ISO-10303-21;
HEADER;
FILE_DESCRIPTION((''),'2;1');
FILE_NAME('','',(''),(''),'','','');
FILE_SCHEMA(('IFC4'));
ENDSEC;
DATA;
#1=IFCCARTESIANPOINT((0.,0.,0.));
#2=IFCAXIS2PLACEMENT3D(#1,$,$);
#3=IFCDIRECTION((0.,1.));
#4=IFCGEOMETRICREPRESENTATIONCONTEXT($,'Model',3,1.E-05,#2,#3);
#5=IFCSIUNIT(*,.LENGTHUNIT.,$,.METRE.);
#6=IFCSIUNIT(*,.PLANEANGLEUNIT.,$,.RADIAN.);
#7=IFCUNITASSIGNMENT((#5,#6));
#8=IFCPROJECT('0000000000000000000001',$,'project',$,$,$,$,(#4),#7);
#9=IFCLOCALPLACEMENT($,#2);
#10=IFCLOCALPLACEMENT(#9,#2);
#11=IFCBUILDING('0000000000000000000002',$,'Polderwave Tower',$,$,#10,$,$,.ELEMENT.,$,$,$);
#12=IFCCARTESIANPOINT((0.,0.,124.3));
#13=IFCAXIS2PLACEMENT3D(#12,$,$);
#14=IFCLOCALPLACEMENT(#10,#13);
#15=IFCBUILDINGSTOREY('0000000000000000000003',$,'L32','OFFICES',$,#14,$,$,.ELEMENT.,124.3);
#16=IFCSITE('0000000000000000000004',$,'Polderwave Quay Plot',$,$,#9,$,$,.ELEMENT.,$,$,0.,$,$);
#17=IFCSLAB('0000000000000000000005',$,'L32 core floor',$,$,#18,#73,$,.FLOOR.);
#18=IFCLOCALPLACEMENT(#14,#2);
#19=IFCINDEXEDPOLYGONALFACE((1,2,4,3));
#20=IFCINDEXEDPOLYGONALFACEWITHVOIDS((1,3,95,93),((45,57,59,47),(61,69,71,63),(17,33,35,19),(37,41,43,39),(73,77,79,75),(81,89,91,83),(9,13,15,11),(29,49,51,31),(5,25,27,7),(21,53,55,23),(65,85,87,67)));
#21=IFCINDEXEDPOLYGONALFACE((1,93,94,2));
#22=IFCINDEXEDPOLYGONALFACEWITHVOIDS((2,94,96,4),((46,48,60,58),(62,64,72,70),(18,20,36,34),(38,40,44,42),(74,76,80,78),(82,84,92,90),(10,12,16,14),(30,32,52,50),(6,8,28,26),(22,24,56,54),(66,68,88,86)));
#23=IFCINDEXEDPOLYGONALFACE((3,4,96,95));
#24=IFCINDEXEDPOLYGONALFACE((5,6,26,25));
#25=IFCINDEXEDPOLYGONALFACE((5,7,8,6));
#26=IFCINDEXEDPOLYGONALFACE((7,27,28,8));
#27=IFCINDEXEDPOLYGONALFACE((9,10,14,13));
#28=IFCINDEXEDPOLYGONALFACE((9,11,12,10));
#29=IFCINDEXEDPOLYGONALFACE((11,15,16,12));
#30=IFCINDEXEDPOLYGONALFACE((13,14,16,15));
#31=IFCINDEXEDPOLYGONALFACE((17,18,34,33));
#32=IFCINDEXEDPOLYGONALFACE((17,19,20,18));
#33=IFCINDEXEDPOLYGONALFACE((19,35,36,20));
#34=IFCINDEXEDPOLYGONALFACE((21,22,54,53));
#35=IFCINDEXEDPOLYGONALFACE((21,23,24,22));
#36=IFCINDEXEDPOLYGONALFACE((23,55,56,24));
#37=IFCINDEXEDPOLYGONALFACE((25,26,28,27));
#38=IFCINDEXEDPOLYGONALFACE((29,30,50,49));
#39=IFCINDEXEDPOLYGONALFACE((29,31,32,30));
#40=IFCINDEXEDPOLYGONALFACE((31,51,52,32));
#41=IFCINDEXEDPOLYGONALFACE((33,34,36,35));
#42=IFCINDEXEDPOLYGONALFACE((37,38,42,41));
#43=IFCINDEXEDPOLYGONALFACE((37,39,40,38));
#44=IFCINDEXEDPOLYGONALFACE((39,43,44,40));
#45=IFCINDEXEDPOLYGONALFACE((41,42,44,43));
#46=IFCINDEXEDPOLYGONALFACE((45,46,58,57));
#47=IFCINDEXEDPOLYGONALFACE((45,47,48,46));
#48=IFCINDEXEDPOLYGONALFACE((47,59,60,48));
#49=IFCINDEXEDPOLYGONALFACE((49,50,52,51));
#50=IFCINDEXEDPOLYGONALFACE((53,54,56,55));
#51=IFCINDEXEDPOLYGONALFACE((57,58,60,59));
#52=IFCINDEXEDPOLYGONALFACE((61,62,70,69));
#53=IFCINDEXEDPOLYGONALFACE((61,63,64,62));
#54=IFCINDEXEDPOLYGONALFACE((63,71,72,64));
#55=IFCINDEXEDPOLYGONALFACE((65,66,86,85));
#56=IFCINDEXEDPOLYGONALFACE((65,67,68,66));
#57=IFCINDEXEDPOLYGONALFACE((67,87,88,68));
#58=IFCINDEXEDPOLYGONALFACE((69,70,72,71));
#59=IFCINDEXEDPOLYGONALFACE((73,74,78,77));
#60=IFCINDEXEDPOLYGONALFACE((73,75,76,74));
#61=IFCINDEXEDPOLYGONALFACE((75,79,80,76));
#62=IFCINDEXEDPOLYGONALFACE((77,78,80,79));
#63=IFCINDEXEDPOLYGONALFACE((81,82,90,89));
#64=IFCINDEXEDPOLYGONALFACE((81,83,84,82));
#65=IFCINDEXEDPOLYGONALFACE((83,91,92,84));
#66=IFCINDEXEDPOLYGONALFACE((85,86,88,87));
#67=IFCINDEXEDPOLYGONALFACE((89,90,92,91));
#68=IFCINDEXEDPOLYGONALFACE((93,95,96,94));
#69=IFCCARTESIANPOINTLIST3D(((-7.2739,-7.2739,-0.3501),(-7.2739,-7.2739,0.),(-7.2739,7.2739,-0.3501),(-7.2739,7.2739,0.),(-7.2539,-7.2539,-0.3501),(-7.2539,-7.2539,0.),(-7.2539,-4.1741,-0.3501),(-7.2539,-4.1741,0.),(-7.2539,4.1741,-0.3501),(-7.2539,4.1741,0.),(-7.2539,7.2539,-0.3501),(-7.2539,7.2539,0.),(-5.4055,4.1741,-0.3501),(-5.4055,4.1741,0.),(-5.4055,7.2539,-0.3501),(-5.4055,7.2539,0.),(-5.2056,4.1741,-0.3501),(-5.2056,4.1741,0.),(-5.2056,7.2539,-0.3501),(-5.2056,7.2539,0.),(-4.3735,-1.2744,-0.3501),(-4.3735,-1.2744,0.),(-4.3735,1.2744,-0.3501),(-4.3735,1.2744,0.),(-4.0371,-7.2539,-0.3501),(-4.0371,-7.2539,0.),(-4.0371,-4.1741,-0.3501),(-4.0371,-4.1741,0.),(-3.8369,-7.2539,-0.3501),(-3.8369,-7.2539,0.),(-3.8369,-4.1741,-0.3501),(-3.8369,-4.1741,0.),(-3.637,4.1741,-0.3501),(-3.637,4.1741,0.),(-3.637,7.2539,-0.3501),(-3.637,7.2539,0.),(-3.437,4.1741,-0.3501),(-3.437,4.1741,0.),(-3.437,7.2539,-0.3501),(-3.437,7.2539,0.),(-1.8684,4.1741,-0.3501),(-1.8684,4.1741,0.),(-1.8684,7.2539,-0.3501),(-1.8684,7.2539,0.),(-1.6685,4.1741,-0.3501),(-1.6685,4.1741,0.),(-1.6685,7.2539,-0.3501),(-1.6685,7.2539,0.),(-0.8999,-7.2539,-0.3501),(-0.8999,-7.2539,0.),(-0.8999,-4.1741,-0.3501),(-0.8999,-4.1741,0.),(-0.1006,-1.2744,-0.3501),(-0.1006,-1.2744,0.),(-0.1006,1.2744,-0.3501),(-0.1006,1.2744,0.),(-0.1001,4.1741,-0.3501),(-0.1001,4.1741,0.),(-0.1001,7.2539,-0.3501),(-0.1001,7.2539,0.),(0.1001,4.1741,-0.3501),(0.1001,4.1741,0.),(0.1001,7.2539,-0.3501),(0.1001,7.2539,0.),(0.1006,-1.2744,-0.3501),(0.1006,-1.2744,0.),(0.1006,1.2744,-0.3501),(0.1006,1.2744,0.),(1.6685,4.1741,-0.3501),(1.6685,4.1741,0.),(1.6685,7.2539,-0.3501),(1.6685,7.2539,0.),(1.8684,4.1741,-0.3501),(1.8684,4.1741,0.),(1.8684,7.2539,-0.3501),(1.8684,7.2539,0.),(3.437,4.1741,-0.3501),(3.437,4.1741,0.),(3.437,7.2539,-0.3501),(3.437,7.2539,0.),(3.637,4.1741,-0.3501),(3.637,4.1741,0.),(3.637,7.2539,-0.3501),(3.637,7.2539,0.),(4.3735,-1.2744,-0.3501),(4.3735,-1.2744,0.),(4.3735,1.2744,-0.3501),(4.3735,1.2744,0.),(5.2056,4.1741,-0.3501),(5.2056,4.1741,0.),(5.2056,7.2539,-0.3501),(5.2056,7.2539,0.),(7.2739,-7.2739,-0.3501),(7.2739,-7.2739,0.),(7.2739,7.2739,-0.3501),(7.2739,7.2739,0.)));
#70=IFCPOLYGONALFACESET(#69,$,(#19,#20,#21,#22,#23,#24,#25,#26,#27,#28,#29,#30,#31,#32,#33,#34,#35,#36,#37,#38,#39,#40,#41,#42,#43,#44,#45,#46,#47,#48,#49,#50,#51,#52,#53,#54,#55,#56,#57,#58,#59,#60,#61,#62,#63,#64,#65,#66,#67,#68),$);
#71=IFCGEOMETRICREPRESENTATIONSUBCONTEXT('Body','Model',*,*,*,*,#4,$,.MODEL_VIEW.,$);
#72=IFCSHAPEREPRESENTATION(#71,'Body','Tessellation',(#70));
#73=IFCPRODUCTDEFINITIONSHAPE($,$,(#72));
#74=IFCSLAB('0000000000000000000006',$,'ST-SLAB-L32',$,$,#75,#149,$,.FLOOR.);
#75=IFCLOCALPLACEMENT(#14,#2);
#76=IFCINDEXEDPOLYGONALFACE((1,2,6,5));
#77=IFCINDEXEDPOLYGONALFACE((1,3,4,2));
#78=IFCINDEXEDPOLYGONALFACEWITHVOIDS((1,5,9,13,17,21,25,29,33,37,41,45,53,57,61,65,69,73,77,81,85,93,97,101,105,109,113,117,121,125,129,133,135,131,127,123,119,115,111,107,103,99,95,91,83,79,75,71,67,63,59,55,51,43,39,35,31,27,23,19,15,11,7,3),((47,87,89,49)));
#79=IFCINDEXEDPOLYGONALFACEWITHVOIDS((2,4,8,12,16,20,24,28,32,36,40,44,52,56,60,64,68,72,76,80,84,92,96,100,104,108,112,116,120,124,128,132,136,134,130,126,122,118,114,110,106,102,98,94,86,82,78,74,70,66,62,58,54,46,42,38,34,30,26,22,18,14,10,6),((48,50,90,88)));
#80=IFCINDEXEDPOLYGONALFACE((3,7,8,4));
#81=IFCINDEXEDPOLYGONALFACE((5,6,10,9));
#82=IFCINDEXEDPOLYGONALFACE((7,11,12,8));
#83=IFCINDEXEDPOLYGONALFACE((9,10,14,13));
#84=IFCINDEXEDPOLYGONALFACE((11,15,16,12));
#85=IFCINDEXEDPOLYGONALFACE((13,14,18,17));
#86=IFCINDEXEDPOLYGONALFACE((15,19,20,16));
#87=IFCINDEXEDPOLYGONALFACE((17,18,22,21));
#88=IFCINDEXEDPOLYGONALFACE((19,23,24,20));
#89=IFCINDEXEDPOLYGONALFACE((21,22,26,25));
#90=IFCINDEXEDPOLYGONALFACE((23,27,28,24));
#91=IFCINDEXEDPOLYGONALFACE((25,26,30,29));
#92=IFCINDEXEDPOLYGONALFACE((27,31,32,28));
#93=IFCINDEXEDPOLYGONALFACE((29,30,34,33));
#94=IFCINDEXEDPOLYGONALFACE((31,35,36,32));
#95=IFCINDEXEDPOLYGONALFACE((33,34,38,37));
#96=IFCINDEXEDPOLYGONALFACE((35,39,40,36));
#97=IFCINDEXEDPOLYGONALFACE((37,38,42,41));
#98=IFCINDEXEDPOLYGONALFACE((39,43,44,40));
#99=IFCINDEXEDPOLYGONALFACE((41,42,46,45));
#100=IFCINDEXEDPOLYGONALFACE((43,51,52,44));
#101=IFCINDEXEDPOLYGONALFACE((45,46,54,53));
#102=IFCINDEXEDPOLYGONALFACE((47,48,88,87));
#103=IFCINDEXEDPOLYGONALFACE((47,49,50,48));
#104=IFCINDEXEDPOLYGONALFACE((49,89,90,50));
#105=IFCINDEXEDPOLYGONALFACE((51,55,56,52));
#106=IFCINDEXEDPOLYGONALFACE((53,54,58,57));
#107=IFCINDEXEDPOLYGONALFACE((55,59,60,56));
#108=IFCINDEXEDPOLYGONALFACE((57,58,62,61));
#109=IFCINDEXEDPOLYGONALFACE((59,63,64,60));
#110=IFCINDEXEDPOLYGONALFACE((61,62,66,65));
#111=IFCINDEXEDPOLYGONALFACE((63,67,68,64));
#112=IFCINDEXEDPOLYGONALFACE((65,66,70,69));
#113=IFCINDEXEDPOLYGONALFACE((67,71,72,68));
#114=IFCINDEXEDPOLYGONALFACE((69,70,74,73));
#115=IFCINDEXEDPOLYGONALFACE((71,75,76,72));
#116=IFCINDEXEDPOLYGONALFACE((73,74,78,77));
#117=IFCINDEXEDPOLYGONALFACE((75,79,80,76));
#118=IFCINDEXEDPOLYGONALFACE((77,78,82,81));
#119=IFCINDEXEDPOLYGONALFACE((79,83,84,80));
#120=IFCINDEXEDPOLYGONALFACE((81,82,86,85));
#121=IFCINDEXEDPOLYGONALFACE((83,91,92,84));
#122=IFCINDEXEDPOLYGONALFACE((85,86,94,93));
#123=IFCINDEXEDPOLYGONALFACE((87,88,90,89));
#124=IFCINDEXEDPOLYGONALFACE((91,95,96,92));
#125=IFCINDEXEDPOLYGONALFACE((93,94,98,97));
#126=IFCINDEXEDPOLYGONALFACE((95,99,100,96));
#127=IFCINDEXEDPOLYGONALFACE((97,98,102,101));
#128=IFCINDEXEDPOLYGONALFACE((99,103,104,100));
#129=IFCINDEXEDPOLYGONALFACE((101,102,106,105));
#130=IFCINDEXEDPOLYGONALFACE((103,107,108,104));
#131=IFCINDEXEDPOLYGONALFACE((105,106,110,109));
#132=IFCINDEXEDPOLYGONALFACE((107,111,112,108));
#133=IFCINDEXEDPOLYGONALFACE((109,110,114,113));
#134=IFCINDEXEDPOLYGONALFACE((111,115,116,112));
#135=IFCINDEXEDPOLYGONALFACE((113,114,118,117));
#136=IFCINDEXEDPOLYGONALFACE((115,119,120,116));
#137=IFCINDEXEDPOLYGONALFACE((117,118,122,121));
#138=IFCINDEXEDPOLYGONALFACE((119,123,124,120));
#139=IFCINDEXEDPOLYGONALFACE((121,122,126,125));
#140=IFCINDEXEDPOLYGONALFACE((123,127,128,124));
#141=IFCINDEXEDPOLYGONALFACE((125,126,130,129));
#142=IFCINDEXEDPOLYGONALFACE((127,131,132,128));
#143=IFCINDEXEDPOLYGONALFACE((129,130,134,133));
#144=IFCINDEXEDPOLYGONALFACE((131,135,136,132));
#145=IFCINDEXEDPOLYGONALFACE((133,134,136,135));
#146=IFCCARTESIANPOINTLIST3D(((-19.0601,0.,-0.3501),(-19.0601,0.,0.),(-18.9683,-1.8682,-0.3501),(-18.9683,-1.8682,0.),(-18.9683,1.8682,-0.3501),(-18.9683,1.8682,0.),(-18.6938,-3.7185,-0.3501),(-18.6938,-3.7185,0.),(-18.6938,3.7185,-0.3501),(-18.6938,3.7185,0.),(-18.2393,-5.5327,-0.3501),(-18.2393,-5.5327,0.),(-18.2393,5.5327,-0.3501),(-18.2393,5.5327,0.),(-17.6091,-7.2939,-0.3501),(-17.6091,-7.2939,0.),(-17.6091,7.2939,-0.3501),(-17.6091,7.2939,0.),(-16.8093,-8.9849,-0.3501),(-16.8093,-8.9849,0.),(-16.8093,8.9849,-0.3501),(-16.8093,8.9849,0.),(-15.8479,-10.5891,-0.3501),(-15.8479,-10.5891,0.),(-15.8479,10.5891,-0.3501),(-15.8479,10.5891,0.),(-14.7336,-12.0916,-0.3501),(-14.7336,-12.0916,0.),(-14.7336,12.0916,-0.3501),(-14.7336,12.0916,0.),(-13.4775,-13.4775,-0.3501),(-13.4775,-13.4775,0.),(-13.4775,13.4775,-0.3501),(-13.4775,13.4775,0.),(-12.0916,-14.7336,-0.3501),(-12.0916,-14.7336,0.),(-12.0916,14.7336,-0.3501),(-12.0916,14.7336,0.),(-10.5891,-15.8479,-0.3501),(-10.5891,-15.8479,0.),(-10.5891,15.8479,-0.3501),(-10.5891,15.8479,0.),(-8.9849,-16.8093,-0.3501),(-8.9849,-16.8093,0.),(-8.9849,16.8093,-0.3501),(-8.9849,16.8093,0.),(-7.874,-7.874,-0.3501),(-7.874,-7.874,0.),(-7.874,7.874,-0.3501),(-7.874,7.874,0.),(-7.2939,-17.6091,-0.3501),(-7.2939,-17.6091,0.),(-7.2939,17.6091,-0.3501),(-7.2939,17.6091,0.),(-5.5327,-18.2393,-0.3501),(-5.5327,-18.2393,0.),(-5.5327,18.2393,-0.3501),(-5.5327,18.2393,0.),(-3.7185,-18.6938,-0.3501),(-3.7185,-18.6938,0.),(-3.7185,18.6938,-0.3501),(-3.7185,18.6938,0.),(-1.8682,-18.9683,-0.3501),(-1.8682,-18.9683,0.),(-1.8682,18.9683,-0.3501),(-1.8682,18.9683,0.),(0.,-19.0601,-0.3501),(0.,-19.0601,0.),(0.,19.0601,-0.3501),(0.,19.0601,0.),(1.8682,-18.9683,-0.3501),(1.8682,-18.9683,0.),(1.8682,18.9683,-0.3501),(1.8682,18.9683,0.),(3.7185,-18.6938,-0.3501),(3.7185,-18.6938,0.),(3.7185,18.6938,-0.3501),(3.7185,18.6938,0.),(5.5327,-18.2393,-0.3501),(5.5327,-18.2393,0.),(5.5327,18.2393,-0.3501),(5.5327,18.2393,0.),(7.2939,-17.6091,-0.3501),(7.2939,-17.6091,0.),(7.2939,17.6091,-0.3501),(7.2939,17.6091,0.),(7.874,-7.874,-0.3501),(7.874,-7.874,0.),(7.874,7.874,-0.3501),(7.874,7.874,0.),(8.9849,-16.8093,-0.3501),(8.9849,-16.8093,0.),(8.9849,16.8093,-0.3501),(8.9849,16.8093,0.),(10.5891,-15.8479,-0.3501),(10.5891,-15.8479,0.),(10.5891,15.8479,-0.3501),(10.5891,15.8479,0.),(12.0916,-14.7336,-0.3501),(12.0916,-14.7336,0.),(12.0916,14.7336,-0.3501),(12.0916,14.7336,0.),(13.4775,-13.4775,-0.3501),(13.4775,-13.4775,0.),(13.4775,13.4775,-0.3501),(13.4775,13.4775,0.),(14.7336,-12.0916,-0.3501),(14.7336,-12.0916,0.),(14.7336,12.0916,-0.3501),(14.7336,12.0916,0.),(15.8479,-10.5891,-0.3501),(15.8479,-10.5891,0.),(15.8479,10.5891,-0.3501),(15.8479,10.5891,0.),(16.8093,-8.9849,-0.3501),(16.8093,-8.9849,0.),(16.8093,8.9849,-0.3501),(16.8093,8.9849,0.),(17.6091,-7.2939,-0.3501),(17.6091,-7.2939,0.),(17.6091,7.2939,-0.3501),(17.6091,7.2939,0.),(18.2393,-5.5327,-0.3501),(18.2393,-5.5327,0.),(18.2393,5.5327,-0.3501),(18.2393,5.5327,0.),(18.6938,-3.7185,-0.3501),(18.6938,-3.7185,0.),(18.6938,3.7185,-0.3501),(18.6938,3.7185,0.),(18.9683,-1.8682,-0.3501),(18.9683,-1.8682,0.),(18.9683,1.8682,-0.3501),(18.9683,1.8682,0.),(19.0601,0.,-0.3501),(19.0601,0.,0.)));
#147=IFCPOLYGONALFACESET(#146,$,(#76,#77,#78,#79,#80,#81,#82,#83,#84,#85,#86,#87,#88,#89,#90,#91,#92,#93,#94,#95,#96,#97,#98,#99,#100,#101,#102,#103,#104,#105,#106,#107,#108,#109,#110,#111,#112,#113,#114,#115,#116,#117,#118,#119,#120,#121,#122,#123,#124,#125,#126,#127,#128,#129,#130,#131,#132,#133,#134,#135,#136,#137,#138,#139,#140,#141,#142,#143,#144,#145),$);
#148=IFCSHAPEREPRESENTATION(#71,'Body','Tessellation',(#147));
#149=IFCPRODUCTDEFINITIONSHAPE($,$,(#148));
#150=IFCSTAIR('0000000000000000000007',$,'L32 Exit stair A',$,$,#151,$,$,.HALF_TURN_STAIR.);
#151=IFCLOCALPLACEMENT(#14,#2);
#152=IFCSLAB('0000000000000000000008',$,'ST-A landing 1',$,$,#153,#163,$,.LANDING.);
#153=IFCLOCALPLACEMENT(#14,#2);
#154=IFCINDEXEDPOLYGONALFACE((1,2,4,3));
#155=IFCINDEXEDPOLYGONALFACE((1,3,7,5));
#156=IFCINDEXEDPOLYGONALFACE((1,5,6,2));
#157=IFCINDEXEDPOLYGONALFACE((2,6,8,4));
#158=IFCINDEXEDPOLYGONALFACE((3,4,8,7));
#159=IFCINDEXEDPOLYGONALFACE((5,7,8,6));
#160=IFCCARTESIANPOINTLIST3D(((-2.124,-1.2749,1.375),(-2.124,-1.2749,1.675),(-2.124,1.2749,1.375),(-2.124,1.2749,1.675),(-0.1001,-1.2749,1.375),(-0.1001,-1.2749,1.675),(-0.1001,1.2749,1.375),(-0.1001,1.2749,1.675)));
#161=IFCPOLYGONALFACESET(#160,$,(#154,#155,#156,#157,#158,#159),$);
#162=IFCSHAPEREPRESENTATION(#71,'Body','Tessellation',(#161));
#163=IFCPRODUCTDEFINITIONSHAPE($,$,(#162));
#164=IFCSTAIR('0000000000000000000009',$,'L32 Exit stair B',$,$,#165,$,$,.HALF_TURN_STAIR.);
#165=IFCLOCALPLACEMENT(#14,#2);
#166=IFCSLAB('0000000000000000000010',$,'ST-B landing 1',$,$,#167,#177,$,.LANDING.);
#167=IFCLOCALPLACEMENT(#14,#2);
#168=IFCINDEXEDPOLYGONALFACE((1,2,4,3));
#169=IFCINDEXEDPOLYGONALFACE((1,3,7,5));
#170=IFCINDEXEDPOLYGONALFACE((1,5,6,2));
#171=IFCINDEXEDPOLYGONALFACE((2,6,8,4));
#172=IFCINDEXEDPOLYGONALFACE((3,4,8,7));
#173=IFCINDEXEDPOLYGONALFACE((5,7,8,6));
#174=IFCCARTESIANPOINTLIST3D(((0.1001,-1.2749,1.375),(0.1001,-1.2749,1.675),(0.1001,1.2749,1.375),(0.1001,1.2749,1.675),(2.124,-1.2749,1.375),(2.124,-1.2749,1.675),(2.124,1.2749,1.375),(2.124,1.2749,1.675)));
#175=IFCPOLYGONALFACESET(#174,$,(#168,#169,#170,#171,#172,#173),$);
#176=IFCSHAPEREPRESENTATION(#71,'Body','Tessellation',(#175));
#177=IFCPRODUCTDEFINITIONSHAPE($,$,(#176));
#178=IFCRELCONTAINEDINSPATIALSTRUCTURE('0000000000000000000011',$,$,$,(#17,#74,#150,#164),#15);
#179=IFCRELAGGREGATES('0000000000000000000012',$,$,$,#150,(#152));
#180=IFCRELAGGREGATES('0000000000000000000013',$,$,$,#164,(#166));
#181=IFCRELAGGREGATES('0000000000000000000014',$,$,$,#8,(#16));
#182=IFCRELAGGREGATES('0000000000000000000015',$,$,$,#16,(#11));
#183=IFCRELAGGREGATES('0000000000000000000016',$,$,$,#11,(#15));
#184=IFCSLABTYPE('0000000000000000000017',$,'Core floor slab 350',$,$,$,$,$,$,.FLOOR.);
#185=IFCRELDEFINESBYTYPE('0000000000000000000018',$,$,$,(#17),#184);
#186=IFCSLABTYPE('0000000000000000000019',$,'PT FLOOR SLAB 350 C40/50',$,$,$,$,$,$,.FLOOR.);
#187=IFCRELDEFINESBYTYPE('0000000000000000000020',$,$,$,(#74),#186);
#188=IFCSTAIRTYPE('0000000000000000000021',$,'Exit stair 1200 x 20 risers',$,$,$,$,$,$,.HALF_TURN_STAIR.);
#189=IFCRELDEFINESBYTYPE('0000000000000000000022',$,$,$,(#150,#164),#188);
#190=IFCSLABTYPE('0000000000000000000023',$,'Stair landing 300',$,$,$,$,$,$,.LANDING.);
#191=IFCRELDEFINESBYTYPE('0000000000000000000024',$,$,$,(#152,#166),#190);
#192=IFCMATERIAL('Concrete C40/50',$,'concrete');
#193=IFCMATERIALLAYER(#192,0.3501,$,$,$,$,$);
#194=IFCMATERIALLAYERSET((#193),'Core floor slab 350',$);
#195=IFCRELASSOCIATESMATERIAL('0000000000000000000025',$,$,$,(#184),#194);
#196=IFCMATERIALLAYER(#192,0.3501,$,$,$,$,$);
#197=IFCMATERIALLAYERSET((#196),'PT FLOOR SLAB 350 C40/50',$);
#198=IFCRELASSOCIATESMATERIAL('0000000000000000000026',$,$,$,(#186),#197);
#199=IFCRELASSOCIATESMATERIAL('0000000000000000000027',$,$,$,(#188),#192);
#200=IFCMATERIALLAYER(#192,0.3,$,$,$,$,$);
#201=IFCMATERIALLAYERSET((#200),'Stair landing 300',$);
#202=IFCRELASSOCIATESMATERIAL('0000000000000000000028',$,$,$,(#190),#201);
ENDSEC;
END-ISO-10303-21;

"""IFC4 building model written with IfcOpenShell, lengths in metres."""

from ifc_helpers import new_model, si_unit, direction, frame, origin, place, context, subcontext, project, spatial, polyline, outline, extrude, material, layer, layer_set, type_object, element, aggregate, save


model = new_model("IFC4")

# Units and contexts
model_context = context("Model", 3, precision=1e-05, world=origin(), true_north=direction((0.0, 1.0)))
body_context = subcontext(model_context, "Body", "Model", "MODEL_VIEW")
ifc_project = project(units=[si_unit("LENGTHUNIT", "METRE"), si_unit("PLANEANGLEUNIT", "RADIAN")], contexts=[model_context])

# Site, building, storey
site_placement = place(None, origin())
site = spatial("IfcSite", under=ifc_project, at=site_placement, Name="Polderwave Quay Plot", CompositionType="ELEMENT", RefElevation=0.0)
building_placement = place(site_placement, origin())
building = spatial("IfcBuilding", under=site, at=building_placement, Name="Polderwave Tower", CompositionType="ELEMENT")
storey_placement = place(building_placement, frame((0.0, 0.0, 124.3)))
storey = spatial("IfcBuildingStorey", under=building, at=storey_placement, Name="L32", Description="OFFICES", CompositionType="ELEMENT", Elevation=124.3)

# Slabs
ifc_material_1 = material(Name="Concrete C40/50", Category="concrete")
ifc_layer_1 = layer(ifc_material_1, 0.3501)
ifc_layer_set_1 = layer_set([ifc_layer_1], Name="Core floor slab 350")
slab_type_1 = type_object("IfcSlabType", Name="Core floor slab 350", PredefinedType="FLOOR", material=ifc_layer_set_1)
slab_1_placement = place(storey_placement, frame((0.0, 0.0, -0.3501)))
element("IfcSlab", 1, at=slab_1_placement, inside=storey, type_object=slab_type_1, Name="L32 core floor", PredefinedType="FLOOR", context=body_context, shape_type="SweptSolid", body=[
    extrude(outline(polyline([(-7.2739, -7.2739), (7.2739, -7.2739), (7.2739, 7.2739), (-7.2739, 7.2739), (-7.2739, -7.2739)]), holes=[polyline([(-7.2539, -7.2539), (-4.0371, -7.2539), (-4.0371, -4.1741), (-7.2539, -4.1741), (-7.2539, -7.2539)]), polyline([(-3.8369, -7.2539), (-0.8999, -7.2539), (-0.8999, -4.1741), (-3.8369, -4.1741), (-3.8369, -7.2539)]), polyline([(-7.2539, 4.1741), (-5.4055, 4.1741), (-5.4055, 7.2539), (-7.2539, 7.2539), (-7.2539, 4.1741)]), polyline([(-5.2056, 4.1741), (-3.637, 4.1741), (-3.637, 7.2539), (-5.2056, 7.2539), (-5.2056, 4.1741)]), polyline([(-3.437, 4.1741), (-1.8684, 4.1741), (-1.8684, 7.2539), (-3.437, 7.2539), (-3.437, 4.1741)]), polyline([(-1.6685, 4.1741), (-0.1001, 4.1741), (-0.1001, 7.2539), (-1.6685, 7.2539), (-1.6685, 4.1741)]), polyline([(0.1001, 4.1741), (1.6685, 4.1741), (1.6685, 7.2539), (0.1001, 7.2539), (0.1001, 4.1741)]), polyline([(1.8684, 4.1741), (3.437, 4.1741), (3.437, 7.2539), (1.8684, 7.2539), (1.8684, 4.1741)]), polyline([(3.637, 4.1741), (5.2056, 4.1741), (5.2056, 7.2539), (3.637, 7.2539), (3.637, 4.1741)]), polyline([(-4.3735, -1.2744), (-0.1006, -1.2744), (-0.1006, 1.2744), (-4.3735, 1.2744), (-4.3735, -1.2744)]), polyline([(0.1006, -1.2744), (4.3735, -1.2744), (4.3735, 1.2744), (0.1006, 1.2744), (0.1006, -1.2744)])]), origin(), (0.0, 0.0, 1.0), 0.3501),
])
ifc_layer_2 = layer(ifc_material_1, 0.3501)
ifc_layer_set_2 = layer_set([ifc_layer_2], Name="PT FLOOR SLAB 350 C40/50")
slab_type_2 = type_object("IfcSlabType", Name="PT FLOOR SLAB 350 C40/50", PredefinedType="FLOOR", material=ifc_layer_set_2)
slab_2_placement = place(storey_placement, frame((0.0, 0.0, -0.3501)))
element("IfcSlab", 2, at=slab_2_placement, inside=storey, type_object=slab_type_2, Name="ST-SLAB-L32", PredefinedType="FLOOR", context=body_context, shape_type="SweptSolid", body=[
    extrude(outline(polyline([(19.0601, 0.0), (18.9683, 1.8682), (18.6938, 3.7185), (18.2393, 5.5327), (17.6091, 7.2939), (16.8093, 8.9849), (15.8479, 10.5891), (14.7336, 12.0916), (13.4775, 13.4775), (12.0916, 14.7336), (10.5891, 15.8479), (8.9849, 16.8093), (7.2939, 17.6091), (5.5327, 18.2393), (3.7185, 18.6938), (1.8682, 18.9683), (0.0, 19.0601), (-1.8682, 18.9683), (-3.7185, 18.6938), (-5.5327, 18.2393), (-7.2939, 17.6091), (-8.9849, 16.8093), (-10.5891, 15.8479), (-12.0916, 14.7336), (-13.4775, 13.4775), (-14.7336, 12.0916), (-15.8479, 10.5891), (-16.8093, 8.9849), (-17.6091, 7.2939), (-18.2393, 5.5327), (-18.6938, 3.7185), (-18.9683, 1.8682), (-19.0601, 0.0), (-18.9683, -1.8682), (-18.6938, -3.7185), (-18.2393, -5.5327), (-17.6091, -7.2939), (-16.8093, -8.9849), (-15.8479, -10.5891), (-14.7336, -12.0916), (-13.4775, -13.4775), (-12.0916, -14.7336), (-10.5891, -15.8479), (-8.9849, -16.8093), (-7.2939, -17.6091), (-5.5327, -18.2393), (-3.7185, -18.6938), (-1.8682, -18.9683), (0.0, -19.0601), (1.8682, -18.9683), (3.7185, -18.6938), (5.5327, -18.2393), (7.2939, -17.6091), (8.9849, -16.8093), (10.5891, -15.8479), (12.0916, -14.7336), (13.4775, -13.4775), (14.7336, -12.0916), (15.8479, -10.5891), (16.8093, -8.9849), (17.6091, -7.2939), (18.2393, -5.5327), (18.6938, -3.7185), (18.9683, -1.8682), (19.0601, 0.0)]), holes=[polyline([(-7.874, -7.874), (7.874, -7.874), (7.874, 7.874), (-7.874, 7.874), (-7.874, -7.874)])]), origin(), (0.0, 0.0, 1.0), 0.3501),
])

# Stairs, slabs
stair_type = type_object("IfcStairType", Name="Exit stair 1200 x 20 risers", PredefinedType="HALF_TURN_STAIR", material=ifc_material_1)
stair_1_placement = place(storey_placement, origin())
stair_1 = element("IfcStair", 3, at=stair_1_placement, inside=storey, type_object=stair_type, Name="L32 Exit stair A", PredefinedType="HALF_TURN_STAIR")
ifc_layer_3 = layer(ifc_material_1, 0.3)
ifc_layer_set_3 = layer_set([ifc_layer_3], Name="Stair landing 300")
slab_type_3 = type_object("IfcSlabType", Name="Stair landing 300", PredefinedType="LANDING", material=ifc_layer_set_3)
slab_3_placement = place(storey_placement, frame((0.0, 0.0, 1.375)))
slab_3 = element("IfcSlab", 4, at=slab_3_placement, type_object=slab_type_3, Name="ST-A landing 1", PredefinedType="LANDING", context=body_context, shape_type="SweptSolid", body=[
    extrude(outline(polyline([(-2.124, -1.2749), (-0.1001, -1.2749), (-0.1001, 1.2749), (-2.124, 1.2749), (-2.124, -1.2749)])), origin(), (0.0, 0.0, 1.0), 0.3),
])
aggregate(stair_1, [slab_3])
stair_2_placement = place(storey_placement, origin())
stair_2 = element("IfcStair", 5, at=stair_2_placement, inside=storey, type_object=stair_type, Name="L32 Exit stair B", PredefinedType="HALF_TURN_STAIR")
slab_4_placement = place(storey_placement, frame((0.0, 0.0, 1.375)))
slab_4 = element("IfcSlab", 6, at=slab_4_placement, type_object=slab_type_3, Name="ST-B landing 1", PredefinedType="LANDING", context=body_context, shape_type="SweptSolid", body=[
    extrude(outline(polyline([(2.124, 1.2749), (0.1001, 1.2749), (0.1001, -1.2749), (2.124, -1.2749), (2.124, 1.2749)])), origin(), (0.0, 0.0, 1.0), 0.3),
])

aggregate(stair_2, [slab_4])

save(model, "model.ifc")
